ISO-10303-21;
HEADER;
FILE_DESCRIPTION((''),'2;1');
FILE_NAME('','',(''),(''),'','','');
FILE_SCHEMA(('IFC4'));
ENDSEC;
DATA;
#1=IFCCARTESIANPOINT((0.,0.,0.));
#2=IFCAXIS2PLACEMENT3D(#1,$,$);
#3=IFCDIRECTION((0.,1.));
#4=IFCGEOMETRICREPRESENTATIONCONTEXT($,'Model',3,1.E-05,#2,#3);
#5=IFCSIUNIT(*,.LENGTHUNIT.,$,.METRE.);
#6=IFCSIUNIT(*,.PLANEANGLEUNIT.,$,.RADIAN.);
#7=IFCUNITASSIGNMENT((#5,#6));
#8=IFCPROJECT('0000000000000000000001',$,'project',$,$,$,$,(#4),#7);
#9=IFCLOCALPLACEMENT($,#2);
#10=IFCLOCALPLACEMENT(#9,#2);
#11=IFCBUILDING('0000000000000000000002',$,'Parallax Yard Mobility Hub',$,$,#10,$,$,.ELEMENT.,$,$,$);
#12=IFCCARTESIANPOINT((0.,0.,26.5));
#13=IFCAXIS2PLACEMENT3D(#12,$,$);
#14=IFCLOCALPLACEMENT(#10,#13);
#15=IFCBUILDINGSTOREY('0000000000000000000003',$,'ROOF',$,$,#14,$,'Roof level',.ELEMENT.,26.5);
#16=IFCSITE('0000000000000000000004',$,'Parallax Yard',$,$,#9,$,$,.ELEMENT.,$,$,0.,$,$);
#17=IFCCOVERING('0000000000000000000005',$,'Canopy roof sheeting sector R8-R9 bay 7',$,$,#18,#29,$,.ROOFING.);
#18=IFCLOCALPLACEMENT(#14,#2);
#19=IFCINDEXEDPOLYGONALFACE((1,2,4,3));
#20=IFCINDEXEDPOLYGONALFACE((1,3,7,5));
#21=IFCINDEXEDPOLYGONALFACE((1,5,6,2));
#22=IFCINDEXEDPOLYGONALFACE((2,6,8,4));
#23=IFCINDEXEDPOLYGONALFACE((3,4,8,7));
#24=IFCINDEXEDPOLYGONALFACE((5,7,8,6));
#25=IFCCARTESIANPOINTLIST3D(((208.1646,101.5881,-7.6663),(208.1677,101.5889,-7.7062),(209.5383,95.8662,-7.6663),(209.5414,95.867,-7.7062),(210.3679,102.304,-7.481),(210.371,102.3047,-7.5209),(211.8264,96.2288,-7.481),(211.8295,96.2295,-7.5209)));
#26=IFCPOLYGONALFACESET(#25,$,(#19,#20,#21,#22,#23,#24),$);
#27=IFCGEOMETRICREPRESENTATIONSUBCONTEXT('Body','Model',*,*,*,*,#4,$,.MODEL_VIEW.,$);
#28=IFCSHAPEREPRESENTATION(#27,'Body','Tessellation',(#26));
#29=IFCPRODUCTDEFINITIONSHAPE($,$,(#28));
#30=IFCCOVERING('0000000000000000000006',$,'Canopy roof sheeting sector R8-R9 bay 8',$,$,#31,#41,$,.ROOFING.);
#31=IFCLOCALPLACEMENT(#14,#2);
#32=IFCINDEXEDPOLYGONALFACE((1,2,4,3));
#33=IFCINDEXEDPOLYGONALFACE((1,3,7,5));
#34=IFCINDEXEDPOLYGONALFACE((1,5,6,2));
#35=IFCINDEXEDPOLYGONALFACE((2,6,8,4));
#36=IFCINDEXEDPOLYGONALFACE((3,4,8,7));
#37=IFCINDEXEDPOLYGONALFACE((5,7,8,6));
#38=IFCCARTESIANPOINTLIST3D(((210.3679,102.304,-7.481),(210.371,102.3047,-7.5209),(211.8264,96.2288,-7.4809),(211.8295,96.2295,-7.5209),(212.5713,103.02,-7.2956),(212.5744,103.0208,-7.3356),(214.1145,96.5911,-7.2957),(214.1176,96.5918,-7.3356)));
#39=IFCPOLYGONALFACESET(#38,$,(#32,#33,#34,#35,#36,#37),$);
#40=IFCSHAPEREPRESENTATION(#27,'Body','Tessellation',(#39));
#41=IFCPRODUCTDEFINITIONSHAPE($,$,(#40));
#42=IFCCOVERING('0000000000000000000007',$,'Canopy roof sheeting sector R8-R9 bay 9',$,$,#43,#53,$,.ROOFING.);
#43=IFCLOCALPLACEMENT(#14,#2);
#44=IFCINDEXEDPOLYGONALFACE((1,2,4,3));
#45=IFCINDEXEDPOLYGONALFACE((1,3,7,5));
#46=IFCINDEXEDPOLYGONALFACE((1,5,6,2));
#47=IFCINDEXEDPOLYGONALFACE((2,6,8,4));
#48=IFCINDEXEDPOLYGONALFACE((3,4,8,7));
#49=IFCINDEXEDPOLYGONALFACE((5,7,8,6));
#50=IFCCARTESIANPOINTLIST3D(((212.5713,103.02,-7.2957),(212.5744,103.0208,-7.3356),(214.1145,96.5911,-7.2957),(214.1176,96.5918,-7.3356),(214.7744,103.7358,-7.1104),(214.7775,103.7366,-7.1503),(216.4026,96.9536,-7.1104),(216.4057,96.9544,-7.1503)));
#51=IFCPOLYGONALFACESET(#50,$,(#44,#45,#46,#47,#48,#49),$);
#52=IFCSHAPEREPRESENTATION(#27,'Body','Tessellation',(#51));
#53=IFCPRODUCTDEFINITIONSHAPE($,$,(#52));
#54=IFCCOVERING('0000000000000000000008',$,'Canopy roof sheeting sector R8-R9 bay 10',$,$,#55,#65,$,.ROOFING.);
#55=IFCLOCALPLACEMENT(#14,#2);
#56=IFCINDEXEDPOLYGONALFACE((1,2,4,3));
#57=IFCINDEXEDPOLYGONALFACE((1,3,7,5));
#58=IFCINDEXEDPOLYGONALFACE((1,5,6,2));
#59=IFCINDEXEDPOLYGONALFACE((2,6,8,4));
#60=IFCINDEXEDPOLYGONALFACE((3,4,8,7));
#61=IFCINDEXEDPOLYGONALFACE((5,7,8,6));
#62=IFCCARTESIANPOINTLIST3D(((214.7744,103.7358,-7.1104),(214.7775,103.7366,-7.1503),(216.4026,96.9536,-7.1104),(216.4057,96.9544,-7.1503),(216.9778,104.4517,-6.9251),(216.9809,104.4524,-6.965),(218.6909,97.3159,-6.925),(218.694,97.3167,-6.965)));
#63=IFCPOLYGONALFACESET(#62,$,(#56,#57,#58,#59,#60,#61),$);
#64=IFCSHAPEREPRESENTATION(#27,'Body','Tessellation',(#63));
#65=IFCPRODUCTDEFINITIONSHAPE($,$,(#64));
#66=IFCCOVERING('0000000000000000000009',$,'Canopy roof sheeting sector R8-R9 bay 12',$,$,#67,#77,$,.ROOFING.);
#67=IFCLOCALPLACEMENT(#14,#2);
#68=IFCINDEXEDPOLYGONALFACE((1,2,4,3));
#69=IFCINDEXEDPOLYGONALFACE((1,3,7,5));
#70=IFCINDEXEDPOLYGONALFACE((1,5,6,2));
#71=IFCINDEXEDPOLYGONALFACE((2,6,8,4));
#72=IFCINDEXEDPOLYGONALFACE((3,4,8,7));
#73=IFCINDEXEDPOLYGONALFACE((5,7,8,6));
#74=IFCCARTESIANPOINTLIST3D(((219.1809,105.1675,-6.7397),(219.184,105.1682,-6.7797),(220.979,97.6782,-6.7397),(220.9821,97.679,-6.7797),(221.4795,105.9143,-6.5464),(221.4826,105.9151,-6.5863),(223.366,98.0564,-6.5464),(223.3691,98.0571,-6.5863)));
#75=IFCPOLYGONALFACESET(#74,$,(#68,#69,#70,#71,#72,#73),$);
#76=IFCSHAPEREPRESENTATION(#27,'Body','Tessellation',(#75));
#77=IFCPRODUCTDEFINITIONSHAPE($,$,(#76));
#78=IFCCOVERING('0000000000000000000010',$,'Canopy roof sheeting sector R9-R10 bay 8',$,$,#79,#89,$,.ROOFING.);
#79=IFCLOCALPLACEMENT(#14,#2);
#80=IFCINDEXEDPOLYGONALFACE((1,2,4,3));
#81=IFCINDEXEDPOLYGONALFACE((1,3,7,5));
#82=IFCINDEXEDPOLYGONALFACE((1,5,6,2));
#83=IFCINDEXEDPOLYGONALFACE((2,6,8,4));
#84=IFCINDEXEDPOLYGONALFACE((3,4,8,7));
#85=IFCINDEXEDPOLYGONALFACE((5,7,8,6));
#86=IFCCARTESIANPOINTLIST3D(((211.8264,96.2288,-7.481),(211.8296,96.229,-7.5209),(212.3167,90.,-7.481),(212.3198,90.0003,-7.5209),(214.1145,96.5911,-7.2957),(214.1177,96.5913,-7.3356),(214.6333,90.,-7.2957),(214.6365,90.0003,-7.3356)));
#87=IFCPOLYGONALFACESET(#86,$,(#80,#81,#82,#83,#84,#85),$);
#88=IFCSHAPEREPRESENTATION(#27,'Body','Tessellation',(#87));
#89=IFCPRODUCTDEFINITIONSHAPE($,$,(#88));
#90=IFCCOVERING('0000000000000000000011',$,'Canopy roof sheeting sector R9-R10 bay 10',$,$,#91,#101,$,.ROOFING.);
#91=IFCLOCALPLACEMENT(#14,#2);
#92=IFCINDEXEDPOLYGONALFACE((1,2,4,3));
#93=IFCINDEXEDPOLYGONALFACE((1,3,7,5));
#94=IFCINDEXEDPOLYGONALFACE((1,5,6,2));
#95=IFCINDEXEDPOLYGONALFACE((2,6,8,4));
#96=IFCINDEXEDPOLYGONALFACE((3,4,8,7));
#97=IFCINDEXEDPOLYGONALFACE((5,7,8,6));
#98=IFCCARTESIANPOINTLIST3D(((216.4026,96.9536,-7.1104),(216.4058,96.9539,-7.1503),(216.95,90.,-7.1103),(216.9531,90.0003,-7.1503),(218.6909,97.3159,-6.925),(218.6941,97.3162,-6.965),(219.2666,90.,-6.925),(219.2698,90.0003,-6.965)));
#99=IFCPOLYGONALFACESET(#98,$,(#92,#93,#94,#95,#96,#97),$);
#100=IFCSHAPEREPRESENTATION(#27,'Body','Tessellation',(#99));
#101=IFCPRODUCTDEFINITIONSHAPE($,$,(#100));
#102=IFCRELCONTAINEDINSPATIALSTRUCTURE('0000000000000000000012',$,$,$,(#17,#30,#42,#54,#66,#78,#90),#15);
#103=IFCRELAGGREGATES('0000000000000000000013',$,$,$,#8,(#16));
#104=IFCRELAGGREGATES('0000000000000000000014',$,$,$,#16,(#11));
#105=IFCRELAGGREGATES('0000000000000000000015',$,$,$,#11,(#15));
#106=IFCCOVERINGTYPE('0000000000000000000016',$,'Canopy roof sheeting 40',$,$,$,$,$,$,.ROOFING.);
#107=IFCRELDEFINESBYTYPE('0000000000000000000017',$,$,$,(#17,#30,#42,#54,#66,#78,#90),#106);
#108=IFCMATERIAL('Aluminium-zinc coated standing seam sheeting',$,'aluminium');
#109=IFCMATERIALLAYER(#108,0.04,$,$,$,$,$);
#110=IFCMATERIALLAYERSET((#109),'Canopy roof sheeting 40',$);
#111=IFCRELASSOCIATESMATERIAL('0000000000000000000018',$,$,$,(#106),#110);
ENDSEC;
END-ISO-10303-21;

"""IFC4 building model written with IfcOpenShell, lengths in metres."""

from ifc_helpers import new_model, si_unit, direction, frame, origin, place, context, subcontext, project, spatial, polyline, outline, extrude, material, layer, layer_set, type_object, element, save


model = new_model("IFC4")

# Units and contexts
model_context = context("Model", 3, precision=1e-05, world=origin(), true_north=direction((0.0, 1.0)))
body_context = subcontext(model_context, "Body", "Model", "MODEL_VIEW")
ifc_project = project(units=[si_unit("LENGTHUNIT", "METRE"), si_unit("PLANEANGLEUNIT", "RADIAN")], contexts=[model_context])

# Site, building, storey
site_placement = place(None, origin())
site = spatial("IfcSite", under=ifc_project, at=site_placement, Name="Parallax Yard", CompositionType="ELEMENT", RefElevation=0.0)
building_placement = place(site_placement, origin())
building = spatial("IfcBuilding", under=site, at=building_placement, Name="Parallax Yard Mobility Hub", CompositionType="ELEMENT")
storey_placement = place(building_placement, frame((0.0, 0.0, 26.5)))
storey = spatial("IfcBuildingStorey", under=building, at=storey_placement, Name="ROOF", LongName="Roof level", CompositionType="ELEMENT", Elevation=26.5)

# Coverings
ifc_material = material(Name="Aluminium-zinc coated standing seam sheeting", Category="aluminium")
ifc_layer = layer(ifc_material, 0.04)
ifc_layer_set = layer_set([ifc_layer], Name="Canopy roof sheeting 40")
covering_type = type_object("IfcCoveringType", Name="Canopy roof sheeting 40", PredefinedType="ROOFING", material=ifc_layer_set)
placement = place(building_placement, frame((0.0, 0.0, 13.2)))
covering_1_placement = place(placement, frame((208.1646, 101.5881, 5.6338), z_axis=(-0.077767, -0.01867, 0.996797), x_axis=(0.233456, -0.972367, 0.000001)))
element("IfcCovering", 1, at=covering_1_placement, inside=storey, type_object=covering_type, Name="Canopy roof sheeting sector R8-R9 bay 7", PredefinedType="ROOFING", context=body_context, shape_type="SweptSolid", body=[
    extrude(outline(polyline([(0.0, 0.0), (5.8845, 0.0), (6.0662, 2.3169), (-0.1817, 2.317), (0.0, 0.0)])), origin(), (0.0, 0.0, -1.0), 0.04),
])
covering_2_placement = place(placement, frame((210.3679, 102.304, 5.8191), z_axis=(-0.077767, -0.018669, 0.996797), x_axis=(0.233441, -0.972371, 0.000001)))
element("IfcCovering", 2, at=covering_2_placement, inside=storey, type_object=covering_type, Name="Canopy roof sheeting sector R8-R9 bay 8", PredefinedType="ROOFING", context=body_context, shape_type="SweptSolid", body=[
    extrude(outline(polyline([(0.0, 0.0), (6.2478, 0.0), (6.4297, 2.3169), (-0.1819, 2.3171), (0.0, 0.0)])), origin(), (0.0, 0.0, -1.0), 0.04),
])
covering_3_placement = place(placement, frame((212.5713, 103.02, 6.0044), z_axis=(-0.077771, -0.018669, 0.996796), x_axis=(0.233411, -0.972378, -0.000001)))
element("IfcCovering", 3, at=covering_3_placement, inside=storey, type_object=covering_type, Name="Canopy roof sheeting sector R8-R9 bay 9", PredefinedType="ROOFING", context=body_context, shape_type="SweptSolid", body=[
    extrude(outline(polyline([(0.0, 0.0), (6.6116, 0.0), (6.7931, 2.3169), (-0.1818, 2.3168), (0.0, 0.0)])), origin(), (0.0, 0.0, -1.0), 0.04),
])
covering_4_placement = place(placement, frame((214.7744, 103.7358, 6.1897), z_axis=(-0.077764, -0.018669, 0.996797), x_axis=(0.233433, -0.972373, -0.000001)))
element("IfcCovering", 4, at=covering_4_placement, inside=storey, type_object=covering_type, Name="Canopy roof sheeting sector R8-R9 bay 10", PredefinedType="ROOFING", context=body_context, shape_type="SweptSolid", body=[
    extrude(outline(polyline([(0.0, 0.0), (6.9749, 0.0), (7.1568, 2.3171), (-0.1817, 2.317), (0.0, 0.0)])), origin(), (0.0, 0.0, -1.0), 0.04),
])
covering_5_placement = place(placement, frame((219.1809, 105.1675, 6.5603), z_axis=(-0.077786, -0.018675, 0.996795), x_axis=(0.233456, -0.972367, 0.000001)))
element("IfcCovering", 5, at=covering_5_placement, inside=storey, type_object=covering_type, Name="Canopy roof sheeting sector R8-R9 bay 12", PredefinedType="ROOFING", context=body_context, shape_type="SweptSolid", body=[
    extrude(outline(polyline([(0.0, 0.0), (7.7021, 0.0), (7.8916, 2.417), (-0.1896, 2.4172), (0.0, 0.0)])), origin(), (0.0, 0.0, -1.0), 0.04),
])
covering_6_placement = place(placement, frame((211.8264, 96.2288, 5.8191), z_axis=(-0.079732, -0.006276, 0.996797), x_axis=(0.078462, -0.996917, 0.0)))
element("IfcCovering", 6, at=covering_6_placement, inside=storey, type_object=covering_type, Name="Canopy roof sheeting sector R9-R10 bay 8", PredefinedType="ROOFING", context=body_context, shape_type="SweptSolid", body=[
    extrude(outline(polyline([(0.0, 0.0), (6.248, 0.0), (6.4298, 2.3169), (-0.1817, 2.3169), (0.0, 0.0)])), origin(), (0.0, 0.0, -1.0), 0.04),
])
covering_7_placement = place(placement, frame((216.4026, 96.9536, 6.1897), z_axis=(-0.079728, -0.006275, 0.996797), x_axis=(0.078474, -0.996916, 0.000001)))
element("IfcCovering", 7, at=covering_7_placement, inside=storey, type_object=covering_type, Name="Canopy roof sheeting sector R9-R10 bay 10", PredefinedType="ROOFING", context=body_context, shape_type="SweptSolid", body=[
    extrude(outline(polyline([(0.0, 0.0), (6.9751, 0.0), (7.1569, 2.3169), (-0.1816, 2.3171), (0.0, 0.0)])), origin(), (0.0, 0.0, -1.0), 0.04),
])

save(model, "model.ifc")
